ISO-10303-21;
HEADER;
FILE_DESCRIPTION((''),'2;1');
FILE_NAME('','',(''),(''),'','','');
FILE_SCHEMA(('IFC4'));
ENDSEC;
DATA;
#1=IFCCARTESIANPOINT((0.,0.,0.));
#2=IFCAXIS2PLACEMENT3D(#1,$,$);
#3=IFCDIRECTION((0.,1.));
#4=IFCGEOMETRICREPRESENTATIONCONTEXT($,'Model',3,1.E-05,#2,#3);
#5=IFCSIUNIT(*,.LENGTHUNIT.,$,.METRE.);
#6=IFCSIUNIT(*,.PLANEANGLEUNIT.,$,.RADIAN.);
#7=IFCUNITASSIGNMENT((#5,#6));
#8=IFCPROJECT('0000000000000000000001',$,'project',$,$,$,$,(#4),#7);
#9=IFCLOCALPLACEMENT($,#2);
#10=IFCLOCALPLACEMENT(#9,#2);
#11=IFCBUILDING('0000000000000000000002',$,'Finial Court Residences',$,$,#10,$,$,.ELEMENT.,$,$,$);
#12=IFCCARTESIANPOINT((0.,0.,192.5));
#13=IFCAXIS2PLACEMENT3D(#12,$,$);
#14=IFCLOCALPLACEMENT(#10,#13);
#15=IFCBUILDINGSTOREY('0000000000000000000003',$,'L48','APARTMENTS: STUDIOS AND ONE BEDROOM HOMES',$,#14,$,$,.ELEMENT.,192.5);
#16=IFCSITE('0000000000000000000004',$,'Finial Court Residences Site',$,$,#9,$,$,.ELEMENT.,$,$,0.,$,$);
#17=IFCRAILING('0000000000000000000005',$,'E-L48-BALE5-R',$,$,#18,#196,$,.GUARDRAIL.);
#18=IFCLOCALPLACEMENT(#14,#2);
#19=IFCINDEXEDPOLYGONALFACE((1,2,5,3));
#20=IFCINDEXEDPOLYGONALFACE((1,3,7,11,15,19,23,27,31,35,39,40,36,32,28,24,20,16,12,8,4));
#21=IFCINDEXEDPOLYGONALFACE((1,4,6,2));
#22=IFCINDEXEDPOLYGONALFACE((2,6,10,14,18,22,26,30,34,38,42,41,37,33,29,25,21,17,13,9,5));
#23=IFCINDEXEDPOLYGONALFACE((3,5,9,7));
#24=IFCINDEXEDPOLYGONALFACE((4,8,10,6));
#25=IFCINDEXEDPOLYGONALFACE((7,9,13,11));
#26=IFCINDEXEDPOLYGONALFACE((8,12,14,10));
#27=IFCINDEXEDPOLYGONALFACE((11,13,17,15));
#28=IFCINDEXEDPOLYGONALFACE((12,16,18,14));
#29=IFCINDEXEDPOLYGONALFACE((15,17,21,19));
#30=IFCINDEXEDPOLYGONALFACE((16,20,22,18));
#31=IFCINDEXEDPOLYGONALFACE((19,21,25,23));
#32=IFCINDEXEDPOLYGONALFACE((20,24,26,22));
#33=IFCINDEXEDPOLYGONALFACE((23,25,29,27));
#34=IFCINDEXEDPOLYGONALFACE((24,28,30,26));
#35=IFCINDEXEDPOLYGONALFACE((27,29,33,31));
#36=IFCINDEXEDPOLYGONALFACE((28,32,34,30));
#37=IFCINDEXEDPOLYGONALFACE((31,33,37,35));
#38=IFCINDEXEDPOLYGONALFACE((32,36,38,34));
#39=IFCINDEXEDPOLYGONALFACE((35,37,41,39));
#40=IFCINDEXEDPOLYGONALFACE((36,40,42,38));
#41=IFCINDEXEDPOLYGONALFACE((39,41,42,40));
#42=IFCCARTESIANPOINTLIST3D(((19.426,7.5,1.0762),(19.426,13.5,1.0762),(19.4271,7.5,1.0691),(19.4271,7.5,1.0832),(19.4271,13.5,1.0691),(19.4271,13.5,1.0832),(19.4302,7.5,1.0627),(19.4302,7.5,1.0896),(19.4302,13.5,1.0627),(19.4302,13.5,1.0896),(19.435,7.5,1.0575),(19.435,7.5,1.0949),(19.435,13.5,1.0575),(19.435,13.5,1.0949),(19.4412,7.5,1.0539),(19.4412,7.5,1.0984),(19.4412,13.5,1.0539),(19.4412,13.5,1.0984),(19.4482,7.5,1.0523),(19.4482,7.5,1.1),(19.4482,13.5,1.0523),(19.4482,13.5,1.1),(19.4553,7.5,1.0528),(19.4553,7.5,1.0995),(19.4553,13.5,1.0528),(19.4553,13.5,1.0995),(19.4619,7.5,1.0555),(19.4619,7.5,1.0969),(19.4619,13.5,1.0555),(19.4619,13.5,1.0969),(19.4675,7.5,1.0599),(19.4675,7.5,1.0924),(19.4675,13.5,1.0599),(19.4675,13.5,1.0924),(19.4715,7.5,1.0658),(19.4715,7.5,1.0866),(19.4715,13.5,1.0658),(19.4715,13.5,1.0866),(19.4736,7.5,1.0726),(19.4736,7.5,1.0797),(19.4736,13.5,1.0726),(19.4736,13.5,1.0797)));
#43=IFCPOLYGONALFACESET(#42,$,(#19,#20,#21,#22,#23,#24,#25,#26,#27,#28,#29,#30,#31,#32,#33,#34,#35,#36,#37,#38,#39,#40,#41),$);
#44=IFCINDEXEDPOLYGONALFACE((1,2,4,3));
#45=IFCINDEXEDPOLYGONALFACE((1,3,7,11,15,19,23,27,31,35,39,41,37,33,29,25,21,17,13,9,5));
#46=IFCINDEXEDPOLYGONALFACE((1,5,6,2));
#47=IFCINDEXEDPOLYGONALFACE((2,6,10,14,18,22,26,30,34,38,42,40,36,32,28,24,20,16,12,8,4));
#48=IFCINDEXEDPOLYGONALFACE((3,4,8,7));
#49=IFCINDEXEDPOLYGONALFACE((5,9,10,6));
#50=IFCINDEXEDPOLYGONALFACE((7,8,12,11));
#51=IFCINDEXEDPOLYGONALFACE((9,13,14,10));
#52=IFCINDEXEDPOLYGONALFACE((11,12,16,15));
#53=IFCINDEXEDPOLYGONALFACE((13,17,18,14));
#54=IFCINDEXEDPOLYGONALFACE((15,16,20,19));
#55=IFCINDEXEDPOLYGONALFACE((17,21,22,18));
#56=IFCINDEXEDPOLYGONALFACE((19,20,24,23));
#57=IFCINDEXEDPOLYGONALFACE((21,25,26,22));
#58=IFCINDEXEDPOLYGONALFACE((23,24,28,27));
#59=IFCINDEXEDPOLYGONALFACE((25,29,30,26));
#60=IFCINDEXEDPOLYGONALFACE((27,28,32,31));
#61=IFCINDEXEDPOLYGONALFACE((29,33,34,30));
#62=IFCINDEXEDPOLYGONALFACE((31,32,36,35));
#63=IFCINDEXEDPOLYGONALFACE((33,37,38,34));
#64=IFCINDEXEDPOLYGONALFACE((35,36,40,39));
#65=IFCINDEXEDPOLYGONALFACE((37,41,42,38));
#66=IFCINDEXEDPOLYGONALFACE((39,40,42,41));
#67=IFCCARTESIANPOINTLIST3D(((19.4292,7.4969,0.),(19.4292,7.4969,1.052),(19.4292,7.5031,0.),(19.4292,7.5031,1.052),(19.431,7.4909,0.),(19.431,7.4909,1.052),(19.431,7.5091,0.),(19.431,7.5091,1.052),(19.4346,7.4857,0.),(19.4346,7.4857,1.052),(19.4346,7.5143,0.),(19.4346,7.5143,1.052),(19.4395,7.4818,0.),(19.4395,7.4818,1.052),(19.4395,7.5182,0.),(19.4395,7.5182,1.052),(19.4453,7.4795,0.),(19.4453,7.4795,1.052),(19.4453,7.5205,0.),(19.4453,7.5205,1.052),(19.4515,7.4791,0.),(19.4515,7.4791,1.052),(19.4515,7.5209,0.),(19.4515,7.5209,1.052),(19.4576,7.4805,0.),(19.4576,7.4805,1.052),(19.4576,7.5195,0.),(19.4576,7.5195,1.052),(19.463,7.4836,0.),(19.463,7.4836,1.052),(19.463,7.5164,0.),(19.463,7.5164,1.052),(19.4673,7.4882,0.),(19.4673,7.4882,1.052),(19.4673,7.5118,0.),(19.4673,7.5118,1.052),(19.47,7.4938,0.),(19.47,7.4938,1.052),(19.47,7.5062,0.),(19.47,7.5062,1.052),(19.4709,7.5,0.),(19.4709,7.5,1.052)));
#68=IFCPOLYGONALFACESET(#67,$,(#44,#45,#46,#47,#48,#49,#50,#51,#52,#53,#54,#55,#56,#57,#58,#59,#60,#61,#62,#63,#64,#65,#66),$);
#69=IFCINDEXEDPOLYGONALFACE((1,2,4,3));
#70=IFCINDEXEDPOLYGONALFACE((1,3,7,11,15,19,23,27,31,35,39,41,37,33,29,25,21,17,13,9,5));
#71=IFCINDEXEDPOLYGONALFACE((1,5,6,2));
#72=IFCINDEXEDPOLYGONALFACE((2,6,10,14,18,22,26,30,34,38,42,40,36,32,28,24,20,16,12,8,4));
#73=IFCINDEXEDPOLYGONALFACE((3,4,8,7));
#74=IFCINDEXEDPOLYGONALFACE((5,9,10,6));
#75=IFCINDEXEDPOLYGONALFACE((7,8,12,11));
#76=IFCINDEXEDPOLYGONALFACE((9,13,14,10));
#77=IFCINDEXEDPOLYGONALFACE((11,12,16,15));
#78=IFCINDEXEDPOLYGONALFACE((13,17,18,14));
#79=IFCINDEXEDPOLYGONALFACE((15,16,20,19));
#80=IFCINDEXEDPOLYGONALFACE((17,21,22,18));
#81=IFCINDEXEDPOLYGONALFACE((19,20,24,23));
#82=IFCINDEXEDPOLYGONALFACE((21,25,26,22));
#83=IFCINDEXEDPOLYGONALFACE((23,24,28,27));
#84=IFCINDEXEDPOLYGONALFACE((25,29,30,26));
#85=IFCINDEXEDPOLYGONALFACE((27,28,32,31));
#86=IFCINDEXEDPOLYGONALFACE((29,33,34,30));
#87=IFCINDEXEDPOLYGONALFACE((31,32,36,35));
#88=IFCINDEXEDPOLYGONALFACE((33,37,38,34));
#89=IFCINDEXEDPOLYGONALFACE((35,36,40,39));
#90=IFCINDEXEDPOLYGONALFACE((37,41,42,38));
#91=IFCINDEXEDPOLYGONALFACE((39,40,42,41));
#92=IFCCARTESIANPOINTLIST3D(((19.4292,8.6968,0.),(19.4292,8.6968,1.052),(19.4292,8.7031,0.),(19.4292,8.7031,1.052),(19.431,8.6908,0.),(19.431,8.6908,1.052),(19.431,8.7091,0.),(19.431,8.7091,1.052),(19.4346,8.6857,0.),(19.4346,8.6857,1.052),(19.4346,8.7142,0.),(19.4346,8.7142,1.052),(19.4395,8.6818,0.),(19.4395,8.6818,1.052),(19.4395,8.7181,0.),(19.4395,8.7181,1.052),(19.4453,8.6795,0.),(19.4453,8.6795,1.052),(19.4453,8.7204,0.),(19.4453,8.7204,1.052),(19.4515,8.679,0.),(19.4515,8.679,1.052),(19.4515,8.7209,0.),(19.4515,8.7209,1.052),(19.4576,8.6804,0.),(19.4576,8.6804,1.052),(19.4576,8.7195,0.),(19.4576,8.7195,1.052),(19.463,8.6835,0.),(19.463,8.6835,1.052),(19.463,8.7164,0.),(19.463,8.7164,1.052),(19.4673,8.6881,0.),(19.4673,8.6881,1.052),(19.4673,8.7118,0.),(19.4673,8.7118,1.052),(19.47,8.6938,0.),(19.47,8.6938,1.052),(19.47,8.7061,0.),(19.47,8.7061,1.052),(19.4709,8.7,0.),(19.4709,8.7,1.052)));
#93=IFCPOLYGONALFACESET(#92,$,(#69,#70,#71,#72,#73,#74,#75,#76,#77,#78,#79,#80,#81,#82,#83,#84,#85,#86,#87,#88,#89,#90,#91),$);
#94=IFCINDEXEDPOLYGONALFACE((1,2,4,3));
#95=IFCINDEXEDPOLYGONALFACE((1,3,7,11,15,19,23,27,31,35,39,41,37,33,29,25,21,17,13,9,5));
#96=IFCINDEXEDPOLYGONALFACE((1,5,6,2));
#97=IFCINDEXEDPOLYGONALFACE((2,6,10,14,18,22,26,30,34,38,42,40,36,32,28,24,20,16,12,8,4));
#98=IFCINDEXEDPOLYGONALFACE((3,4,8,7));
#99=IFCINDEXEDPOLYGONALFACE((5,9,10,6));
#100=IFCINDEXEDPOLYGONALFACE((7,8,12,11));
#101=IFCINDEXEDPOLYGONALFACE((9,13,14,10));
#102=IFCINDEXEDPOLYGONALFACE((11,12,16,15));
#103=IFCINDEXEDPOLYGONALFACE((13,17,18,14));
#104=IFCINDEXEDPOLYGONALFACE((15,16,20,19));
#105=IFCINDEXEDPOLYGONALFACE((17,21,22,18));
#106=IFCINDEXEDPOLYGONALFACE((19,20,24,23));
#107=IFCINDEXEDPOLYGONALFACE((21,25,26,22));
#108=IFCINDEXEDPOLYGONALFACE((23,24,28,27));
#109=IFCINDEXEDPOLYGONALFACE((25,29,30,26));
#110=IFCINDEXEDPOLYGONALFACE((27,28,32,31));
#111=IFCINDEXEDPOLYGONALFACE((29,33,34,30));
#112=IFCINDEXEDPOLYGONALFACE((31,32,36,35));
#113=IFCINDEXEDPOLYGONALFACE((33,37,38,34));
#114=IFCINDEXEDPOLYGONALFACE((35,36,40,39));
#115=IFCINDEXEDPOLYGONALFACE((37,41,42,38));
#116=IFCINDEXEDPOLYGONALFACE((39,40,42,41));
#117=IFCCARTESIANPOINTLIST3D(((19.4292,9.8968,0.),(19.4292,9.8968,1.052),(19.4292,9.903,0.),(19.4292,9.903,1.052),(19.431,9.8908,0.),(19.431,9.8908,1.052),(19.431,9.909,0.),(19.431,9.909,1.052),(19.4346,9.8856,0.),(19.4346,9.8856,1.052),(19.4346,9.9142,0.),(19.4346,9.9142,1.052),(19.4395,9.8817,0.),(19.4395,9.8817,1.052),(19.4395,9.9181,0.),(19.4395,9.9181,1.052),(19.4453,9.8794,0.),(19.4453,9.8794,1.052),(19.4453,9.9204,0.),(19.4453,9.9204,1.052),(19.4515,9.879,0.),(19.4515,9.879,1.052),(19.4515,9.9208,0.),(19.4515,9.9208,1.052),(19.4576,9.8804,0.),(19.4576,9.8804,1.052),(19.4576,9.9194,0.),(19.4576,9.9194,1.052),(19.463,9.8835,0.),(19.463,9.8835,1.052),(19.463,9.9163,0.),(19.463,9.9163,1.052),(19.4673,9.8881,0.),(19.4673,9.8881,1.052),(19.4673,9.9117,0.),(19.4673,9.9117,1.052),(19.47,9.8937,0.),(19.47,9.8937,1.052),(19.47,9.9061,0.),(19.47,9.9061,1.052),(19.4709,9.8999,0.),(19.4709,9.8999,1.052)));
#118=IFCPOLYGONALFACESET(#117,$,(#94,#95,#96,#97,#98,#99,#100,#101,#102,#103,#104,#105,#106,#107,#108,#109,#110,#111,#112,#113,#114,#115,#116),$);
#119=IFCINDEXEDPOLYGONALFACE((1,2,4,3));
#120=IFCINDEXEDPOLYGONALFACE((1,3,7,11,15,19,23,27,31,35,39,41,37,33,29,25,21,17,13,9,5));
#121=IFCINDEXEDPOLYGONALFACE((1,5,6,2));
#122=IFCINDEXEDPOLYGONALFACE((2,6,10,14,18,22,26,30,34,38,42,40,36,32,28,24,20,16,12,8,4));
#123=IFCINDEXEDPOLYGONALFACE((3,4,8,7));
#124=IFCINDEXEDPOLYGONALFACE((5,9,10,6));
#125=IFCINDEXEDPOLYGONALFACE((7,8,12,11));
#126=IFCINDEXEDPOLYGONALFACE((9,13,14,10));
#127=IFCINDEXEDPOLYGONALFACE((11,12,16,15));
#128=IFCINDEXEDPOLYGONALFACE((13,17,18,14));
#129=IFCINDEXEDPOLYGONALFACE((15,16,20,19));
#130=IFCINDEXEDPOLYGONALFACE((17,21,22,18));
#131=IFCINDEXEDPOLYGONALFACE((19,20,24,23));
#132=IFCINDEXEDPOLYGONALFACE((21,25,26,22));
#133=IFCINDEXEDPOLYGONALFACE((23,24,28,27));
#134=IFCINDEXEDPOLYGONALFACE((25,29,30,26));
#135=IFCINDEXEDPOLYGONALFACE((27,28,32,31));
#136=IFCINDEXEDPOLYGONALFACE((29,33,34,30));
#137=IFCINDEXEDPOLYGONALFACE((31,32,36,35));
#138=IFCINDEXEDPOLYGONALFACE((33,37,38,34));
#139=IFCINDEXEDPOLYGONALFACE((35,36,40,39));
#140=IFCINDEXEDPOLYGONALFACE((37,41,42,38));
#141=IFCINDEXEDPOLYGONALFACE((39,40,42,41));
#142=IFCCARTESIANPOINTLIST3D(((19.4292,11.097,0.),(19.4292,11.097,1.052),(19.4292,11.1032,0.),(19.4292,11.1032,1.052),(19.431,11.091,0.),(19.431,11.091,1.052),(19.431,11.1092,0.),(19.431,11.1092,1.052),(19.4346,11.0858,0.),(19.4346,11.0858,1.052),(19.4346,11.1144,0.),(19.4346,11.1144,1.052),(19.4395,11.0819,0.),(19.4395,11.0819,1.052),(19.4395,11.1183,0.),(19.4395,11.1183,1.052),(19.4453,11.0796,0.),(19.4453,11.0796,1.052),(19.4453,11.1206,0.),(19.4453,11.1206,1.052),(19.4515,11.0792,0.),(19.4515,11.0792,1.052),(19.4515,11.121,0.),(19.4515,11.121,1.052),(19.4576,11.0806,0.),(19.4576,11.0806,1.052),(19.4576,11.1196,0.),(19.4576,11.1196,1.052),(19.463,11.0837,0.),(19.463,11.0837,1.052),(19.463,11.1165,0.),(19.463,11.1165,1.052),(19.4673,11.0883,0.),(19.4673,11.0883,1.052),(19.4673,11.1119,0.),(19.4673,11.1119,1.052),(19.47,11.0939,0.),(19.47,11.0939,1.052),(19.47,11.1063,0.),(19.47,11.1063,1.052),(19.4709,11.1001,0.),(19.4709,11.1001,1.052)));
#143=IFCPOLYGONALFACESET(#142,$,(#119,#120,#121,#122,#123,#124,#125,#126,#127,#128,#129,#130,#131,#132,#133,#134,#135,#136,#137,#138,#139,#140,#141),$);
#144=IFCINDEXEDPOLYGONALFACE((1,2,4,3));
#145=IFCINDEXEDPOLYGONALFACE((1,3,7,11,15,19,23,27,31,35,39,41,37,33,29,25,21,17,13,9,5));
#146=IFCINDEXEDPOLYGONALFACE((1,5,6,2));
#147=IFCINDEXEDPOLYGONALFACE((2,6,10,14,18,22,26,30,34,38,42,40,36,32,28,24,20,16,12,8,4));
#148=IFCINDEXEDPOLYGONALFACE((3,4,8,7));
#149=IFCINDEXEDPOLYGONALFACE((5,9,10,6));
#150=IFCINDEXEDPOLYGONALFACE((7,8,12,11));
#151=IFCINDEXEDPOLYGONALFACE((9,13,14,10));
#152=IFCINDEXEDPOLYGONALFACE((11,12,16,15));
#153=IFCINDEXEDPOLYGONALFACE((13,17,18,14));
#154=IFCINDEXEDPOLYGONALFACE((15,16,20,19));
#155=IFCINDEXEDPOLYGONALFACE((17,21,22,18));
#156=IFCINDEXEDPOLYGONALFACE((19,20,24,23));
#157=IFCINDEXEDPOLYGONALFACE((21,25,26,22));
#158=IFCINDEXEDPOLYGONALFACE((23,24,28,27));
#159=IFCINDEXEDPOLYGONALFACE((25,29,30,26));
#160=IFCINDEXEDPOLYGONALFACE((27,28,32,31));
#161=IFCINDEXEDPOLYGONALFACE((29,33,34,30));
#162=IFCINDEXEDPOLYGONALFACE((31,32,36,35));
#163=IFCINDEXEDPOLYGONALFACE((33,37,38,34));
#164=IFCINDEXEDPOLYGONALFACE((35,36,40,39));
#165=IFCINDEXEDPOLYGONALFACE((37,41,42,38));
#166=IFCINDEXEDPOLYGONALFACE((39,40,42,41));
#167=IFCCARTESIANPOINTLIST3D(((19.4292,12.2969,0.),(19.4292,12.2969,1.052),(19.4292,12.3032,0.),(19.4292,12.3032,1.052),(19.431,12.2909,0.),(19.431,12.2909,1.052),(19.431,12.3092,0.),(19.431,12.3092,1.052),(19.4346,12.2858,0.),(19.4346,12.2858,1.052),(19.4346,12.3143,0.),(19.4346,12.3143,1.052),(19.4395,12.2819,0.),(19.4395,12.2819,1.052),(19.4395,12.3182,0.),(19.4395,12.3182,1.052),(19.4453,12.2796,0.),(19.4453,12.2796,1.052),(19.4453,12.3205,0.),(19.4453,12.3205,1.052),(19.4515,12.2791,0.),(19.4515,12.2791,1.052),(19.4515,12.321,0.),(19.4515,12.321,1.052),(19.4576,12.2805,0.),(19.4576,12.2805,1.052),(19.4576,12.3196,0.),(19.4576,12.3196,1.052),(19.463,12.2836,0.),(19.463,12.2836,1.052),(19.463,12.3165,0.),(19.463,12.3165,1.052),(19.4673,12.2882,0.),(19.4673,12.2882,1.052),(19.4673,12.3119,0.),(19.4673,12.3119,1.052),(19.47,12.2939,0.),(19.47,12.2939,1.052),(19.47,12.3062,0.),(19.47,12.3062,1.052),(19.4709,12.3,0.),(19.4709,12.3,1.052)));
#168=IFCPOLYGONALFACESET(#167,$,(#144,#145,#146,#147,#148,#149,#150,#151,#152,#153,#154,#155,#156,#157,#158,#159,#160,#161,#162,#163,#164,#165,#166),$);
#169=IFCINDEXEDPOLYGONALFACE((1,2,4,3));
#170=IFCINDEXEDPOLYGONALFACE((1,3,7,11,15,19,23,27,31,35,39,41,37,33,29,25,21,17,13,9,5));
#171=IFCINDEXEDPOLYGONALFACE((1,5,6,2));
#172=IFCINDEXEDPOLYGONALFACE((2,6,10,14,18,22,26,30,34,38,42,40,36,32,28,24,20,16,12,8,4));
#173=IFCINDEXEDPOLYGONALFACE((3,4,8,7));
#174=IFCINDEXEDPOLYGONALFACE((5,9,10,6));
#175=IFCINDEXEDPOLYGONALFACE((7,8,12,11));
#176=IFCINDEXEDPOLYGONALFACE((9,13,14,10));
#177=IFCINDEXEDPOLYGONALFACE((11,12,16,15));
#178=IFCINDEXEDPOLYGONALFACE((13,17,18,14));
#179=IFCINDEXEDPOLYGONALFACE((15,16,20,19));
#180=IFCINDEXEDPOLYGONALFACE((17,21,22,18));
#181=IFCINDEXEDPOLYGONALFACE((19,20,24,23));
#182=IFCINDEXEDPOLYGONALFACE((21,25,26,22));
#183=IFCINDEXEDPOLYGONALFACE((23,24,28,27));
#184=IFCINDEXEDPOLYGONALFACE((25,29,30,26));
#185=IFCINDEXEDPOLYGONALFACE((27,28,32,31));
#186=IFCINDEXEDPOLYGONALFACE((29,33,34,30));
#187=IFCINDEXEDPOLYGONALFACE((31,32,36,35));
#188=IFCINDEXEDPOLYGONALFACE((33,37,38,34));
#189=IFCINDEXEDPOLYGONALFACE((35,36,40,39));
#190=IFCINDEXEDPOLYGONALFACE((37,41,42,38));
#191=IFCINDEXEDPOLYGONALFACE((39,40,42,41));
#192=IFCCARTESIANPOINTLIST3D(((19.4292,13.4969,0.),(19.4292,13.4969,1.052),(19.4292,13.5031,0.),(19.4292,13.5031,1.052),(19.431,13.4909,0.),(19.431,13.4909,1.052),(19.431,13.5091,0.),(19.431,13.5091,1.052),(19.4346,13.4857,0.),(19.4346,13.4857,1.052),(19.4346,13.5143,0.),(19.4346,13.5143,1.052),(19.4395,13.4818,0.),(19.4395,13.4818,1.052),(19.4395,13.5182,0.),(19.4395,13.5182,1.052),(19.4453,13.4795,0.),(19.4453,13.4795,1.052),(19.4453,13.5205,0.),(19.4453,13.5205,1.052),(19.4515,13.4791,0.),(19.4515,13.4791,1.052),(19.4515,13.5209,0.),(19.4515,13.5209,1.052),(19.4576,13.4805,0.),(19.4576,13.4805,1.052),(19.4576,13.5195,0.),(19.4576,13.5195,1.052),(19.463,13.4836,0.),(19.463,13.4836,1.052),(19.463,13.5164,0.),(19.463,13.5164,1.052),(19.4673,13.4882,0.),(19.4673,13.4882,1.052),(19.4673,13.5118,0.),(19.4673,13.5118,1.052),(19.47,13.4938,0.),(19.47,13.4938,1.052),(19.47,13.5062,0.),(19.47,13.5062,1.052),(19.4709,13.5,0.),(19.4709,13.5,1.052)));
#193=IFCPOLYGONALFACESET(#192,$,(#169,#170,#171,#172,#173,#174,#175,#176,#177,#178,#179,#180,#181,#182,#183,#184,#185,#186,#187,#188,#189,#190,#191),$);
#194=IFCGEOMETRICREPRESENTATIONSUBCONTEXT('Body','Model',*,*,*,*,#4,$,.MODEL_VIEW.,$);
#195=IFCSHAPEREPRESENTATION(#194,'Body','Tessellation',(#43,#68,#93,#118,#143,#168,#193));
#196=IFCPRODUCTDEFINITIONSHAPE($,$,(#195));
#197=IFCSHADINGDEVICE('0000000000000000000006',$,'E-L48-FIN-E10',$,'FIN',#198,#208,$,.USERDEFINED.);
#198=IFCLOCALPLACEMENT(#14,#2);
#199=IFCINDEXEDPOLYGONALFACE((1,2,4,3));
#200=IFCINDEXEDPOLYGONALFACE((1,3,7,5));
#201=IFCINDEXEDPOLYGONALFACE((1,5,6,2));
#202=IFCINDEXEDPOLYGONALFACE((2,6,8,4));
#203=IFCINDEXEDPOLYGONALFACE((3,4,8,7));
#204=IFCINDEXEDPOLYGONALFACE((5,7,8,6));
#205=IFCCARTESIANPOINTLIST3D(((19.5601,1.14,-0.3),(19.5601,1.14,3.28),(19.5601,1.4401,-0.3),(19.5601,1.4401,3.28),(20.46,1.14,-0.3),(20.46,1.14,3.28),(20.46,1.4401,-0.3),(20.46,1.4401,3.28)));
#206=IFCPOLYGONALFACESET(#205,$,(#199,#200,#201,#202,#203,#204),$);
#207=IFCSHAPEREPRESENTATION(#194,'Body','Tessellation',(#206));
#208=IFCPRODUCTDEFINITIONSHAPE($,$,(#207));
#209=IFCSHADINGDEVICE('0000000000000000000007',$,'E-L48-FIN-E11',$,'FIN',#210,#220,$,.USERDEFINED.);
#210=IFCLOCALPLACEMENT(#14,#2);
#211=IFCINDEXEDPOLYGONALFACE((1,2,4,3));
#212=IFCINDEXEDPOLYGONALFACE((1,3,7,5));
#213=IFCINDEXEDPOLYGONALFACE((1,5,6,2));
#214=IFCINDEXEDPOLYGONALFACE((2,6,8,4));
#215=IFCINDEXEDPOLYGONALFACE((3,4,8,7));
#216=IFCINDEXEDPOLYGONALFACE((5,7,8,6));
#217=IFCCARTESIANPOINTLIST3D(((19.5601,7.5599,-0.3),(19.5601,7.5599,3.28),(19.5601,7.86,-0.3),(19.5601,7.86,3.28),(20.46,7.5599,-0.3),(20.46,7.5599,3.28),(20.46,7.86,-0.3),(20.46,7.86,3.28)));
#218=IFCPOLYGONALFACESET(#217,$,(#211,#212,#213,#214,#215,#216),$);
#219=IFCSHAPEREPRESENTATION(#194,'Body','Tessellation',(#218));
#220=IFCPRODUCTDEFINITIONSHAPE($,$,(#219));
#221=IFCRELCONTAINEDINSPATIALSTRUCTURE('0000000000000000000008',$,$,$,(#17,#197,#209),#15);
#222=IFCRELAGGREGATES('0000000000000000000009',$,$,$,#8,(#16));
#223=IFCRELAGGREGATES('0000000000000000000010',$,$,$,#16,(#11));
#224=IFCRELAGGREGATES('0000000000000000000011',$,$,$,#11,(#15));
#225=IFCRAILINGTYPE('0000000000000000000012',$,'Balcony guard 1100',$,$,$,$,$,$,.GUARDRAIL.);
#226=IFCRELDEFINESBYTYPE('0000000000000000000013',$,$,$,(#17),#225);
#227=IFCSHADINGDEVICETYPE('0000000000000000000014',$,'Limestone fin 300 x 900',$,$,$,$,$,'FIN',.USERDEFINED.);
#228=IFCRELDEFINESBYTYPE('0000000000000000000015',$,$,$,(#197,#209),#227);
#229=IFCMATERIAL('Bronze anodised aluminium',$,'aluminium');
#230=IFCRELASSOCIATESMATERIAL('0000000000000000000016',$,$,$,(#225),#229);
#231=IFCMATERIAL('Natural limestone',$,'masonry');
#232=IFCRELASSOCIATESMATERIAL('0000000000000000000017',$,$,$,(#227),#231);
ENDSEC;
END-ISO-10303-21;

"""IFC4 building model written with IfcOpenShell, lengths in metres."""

from ifc_helpers import new_model, si_unit, direction, frame, origin, origin_2d, place, context, subcontext, project, spatial, rectangle, circle, extrude, material, type_object, element, save


model = new_model("IFC4")

# Units and contexts
model_context = context("Model", 3, precision=1e-05, world=origin(), true_north=direction((0.0, 1.0)))
body_context = subcontext(model_context, "Body", "Model", "MODEL_VIEW")
ifc_project = project(units=[si_unit("LENGTHUNIT", "METRE"), si_unit("PLANEANGLEUNIT", "RADIAN")], contexts=[model_context])

# Site, building, storey
site_placement = place(None, origin())
site = spatial("IfcSite", under=ifc_project, at=site_placement, Name="Finial Court Residences Site", CompositionType="ELEMENT", RefElevation=0.0)
building_placement = place(site_placement, origin())
building = spatial("IfcBuilding", under=site, at=building_placement, Name="Finial Court Residences", CompositionType="ELEMENT")
storey_placement = place(building_placement, frame((0.0, 0.0, 192.5)))
storey = spatial("IfcBuildingStorey", under=building, at=storey_placement, Name="L48", Description="APARTMENTS: STUDIOS AND ONE BEDROOM HOMES", CompositionType="ELEMENT", Elevation=192.5)

# Shared definitions
ifc_material_1 = material(Name="Bronze anodised aluminium", Category="aluminium")

# Shared definitions
ifc_material_2 = material(Name="Natural limestone", Category="masonry")

# Railing
railing_type = type_object("IfcRailingType", Name="Balcony guard 1100", PredefinedType="GUARDRAIL", material=ifc_material_1)
railing_placement = place(storey_placement, frame((19.45, 7.5, 0.0)))
element("IfcRailing", 1, at=railing_placement, inside=storey, type_object=railing_type, Name="E-L48-BALE5-R", PredefinedType="GUARDRAIL", context=body_context, shape_type="SweptSolid", body=[
    extrude(circle(Radius=0.0239, at=origin_2d()), frame((0.0, 0.0, 1.0762), z_axis=(0.0, 1.0, 0.0), x_axis=(-1.0, 0.0, 0.0)), (0.0, 0.0, 1.0), 6.0),
    extrude(circle(Radius=0.021, at=origin_2d()), origin(), (0.0, 0.0, 1.0), 1.052),
    extrude(circle(Radius=0.021, at=origin_2d()), frame((0.0, 1.2, 0.0)), (0.0, 0.0, 1.0), 1.052),
    extrude(circle(Radius=0.021, at=origin_2d()), frame((0.0, 2.3999, 0.0)), (0.0, 0.0, 1.0), 1.052),
    extrude(circle(Radius=0.021, at=origin_2d()), frame((0.0, 3.6001, 0.0)), (0.0, 0.0, 1.0), 1.052),
    extrude(circle(Radius=0.021, at=origin_2d()), frame((0.0, 4.8, 0.0)), (0.0, 0.0, 1.0), 1.052),
    extrude(circle(Radius=0.021, at=origin_2d()), frame((0.0, 6.0, 0.0)), (0.0, 0.0, 1.0), 1.052),
])

# Shading devices
shading_device_type = type_object("IfcShadingDeviceType", Name="Limestone fin 300 x 900", ElementType="FIN", PredefinedType="USERDEFINED", material=ifc_material_2)
for number, where, z_axis, x_axis, name in (
    (2, (20.01, 1.29, -0.3), (0.0, 0.0, 1.0), (1.0, 0.0, 0.0), "E-L48-FIN-E10"),
    (3, (20.01, 7.71, -0.3), (0.0, 0.0, 1.0), (1.0, 0.0, 0.0), "E-L48-FIN-E11"),
):
    element("IfcShadingDevice", number, at=place(storey_placement, frame(where, z_axis=z_axis, x_axis=x_axis)), inside=storey, type_object=shading_device_type, Name=name, ObjectType="FIN", PredefinedType="USERDEFINED", context=body_context, shape_type="SweptSolid", body=[
        extrude(rectangle(XDim=0.8999, YDim=0.3, at=origin_2d()), origin(), (0.0, 0.0, 1.0), 3.5801),
    ])

save(model, "model.ifc")
